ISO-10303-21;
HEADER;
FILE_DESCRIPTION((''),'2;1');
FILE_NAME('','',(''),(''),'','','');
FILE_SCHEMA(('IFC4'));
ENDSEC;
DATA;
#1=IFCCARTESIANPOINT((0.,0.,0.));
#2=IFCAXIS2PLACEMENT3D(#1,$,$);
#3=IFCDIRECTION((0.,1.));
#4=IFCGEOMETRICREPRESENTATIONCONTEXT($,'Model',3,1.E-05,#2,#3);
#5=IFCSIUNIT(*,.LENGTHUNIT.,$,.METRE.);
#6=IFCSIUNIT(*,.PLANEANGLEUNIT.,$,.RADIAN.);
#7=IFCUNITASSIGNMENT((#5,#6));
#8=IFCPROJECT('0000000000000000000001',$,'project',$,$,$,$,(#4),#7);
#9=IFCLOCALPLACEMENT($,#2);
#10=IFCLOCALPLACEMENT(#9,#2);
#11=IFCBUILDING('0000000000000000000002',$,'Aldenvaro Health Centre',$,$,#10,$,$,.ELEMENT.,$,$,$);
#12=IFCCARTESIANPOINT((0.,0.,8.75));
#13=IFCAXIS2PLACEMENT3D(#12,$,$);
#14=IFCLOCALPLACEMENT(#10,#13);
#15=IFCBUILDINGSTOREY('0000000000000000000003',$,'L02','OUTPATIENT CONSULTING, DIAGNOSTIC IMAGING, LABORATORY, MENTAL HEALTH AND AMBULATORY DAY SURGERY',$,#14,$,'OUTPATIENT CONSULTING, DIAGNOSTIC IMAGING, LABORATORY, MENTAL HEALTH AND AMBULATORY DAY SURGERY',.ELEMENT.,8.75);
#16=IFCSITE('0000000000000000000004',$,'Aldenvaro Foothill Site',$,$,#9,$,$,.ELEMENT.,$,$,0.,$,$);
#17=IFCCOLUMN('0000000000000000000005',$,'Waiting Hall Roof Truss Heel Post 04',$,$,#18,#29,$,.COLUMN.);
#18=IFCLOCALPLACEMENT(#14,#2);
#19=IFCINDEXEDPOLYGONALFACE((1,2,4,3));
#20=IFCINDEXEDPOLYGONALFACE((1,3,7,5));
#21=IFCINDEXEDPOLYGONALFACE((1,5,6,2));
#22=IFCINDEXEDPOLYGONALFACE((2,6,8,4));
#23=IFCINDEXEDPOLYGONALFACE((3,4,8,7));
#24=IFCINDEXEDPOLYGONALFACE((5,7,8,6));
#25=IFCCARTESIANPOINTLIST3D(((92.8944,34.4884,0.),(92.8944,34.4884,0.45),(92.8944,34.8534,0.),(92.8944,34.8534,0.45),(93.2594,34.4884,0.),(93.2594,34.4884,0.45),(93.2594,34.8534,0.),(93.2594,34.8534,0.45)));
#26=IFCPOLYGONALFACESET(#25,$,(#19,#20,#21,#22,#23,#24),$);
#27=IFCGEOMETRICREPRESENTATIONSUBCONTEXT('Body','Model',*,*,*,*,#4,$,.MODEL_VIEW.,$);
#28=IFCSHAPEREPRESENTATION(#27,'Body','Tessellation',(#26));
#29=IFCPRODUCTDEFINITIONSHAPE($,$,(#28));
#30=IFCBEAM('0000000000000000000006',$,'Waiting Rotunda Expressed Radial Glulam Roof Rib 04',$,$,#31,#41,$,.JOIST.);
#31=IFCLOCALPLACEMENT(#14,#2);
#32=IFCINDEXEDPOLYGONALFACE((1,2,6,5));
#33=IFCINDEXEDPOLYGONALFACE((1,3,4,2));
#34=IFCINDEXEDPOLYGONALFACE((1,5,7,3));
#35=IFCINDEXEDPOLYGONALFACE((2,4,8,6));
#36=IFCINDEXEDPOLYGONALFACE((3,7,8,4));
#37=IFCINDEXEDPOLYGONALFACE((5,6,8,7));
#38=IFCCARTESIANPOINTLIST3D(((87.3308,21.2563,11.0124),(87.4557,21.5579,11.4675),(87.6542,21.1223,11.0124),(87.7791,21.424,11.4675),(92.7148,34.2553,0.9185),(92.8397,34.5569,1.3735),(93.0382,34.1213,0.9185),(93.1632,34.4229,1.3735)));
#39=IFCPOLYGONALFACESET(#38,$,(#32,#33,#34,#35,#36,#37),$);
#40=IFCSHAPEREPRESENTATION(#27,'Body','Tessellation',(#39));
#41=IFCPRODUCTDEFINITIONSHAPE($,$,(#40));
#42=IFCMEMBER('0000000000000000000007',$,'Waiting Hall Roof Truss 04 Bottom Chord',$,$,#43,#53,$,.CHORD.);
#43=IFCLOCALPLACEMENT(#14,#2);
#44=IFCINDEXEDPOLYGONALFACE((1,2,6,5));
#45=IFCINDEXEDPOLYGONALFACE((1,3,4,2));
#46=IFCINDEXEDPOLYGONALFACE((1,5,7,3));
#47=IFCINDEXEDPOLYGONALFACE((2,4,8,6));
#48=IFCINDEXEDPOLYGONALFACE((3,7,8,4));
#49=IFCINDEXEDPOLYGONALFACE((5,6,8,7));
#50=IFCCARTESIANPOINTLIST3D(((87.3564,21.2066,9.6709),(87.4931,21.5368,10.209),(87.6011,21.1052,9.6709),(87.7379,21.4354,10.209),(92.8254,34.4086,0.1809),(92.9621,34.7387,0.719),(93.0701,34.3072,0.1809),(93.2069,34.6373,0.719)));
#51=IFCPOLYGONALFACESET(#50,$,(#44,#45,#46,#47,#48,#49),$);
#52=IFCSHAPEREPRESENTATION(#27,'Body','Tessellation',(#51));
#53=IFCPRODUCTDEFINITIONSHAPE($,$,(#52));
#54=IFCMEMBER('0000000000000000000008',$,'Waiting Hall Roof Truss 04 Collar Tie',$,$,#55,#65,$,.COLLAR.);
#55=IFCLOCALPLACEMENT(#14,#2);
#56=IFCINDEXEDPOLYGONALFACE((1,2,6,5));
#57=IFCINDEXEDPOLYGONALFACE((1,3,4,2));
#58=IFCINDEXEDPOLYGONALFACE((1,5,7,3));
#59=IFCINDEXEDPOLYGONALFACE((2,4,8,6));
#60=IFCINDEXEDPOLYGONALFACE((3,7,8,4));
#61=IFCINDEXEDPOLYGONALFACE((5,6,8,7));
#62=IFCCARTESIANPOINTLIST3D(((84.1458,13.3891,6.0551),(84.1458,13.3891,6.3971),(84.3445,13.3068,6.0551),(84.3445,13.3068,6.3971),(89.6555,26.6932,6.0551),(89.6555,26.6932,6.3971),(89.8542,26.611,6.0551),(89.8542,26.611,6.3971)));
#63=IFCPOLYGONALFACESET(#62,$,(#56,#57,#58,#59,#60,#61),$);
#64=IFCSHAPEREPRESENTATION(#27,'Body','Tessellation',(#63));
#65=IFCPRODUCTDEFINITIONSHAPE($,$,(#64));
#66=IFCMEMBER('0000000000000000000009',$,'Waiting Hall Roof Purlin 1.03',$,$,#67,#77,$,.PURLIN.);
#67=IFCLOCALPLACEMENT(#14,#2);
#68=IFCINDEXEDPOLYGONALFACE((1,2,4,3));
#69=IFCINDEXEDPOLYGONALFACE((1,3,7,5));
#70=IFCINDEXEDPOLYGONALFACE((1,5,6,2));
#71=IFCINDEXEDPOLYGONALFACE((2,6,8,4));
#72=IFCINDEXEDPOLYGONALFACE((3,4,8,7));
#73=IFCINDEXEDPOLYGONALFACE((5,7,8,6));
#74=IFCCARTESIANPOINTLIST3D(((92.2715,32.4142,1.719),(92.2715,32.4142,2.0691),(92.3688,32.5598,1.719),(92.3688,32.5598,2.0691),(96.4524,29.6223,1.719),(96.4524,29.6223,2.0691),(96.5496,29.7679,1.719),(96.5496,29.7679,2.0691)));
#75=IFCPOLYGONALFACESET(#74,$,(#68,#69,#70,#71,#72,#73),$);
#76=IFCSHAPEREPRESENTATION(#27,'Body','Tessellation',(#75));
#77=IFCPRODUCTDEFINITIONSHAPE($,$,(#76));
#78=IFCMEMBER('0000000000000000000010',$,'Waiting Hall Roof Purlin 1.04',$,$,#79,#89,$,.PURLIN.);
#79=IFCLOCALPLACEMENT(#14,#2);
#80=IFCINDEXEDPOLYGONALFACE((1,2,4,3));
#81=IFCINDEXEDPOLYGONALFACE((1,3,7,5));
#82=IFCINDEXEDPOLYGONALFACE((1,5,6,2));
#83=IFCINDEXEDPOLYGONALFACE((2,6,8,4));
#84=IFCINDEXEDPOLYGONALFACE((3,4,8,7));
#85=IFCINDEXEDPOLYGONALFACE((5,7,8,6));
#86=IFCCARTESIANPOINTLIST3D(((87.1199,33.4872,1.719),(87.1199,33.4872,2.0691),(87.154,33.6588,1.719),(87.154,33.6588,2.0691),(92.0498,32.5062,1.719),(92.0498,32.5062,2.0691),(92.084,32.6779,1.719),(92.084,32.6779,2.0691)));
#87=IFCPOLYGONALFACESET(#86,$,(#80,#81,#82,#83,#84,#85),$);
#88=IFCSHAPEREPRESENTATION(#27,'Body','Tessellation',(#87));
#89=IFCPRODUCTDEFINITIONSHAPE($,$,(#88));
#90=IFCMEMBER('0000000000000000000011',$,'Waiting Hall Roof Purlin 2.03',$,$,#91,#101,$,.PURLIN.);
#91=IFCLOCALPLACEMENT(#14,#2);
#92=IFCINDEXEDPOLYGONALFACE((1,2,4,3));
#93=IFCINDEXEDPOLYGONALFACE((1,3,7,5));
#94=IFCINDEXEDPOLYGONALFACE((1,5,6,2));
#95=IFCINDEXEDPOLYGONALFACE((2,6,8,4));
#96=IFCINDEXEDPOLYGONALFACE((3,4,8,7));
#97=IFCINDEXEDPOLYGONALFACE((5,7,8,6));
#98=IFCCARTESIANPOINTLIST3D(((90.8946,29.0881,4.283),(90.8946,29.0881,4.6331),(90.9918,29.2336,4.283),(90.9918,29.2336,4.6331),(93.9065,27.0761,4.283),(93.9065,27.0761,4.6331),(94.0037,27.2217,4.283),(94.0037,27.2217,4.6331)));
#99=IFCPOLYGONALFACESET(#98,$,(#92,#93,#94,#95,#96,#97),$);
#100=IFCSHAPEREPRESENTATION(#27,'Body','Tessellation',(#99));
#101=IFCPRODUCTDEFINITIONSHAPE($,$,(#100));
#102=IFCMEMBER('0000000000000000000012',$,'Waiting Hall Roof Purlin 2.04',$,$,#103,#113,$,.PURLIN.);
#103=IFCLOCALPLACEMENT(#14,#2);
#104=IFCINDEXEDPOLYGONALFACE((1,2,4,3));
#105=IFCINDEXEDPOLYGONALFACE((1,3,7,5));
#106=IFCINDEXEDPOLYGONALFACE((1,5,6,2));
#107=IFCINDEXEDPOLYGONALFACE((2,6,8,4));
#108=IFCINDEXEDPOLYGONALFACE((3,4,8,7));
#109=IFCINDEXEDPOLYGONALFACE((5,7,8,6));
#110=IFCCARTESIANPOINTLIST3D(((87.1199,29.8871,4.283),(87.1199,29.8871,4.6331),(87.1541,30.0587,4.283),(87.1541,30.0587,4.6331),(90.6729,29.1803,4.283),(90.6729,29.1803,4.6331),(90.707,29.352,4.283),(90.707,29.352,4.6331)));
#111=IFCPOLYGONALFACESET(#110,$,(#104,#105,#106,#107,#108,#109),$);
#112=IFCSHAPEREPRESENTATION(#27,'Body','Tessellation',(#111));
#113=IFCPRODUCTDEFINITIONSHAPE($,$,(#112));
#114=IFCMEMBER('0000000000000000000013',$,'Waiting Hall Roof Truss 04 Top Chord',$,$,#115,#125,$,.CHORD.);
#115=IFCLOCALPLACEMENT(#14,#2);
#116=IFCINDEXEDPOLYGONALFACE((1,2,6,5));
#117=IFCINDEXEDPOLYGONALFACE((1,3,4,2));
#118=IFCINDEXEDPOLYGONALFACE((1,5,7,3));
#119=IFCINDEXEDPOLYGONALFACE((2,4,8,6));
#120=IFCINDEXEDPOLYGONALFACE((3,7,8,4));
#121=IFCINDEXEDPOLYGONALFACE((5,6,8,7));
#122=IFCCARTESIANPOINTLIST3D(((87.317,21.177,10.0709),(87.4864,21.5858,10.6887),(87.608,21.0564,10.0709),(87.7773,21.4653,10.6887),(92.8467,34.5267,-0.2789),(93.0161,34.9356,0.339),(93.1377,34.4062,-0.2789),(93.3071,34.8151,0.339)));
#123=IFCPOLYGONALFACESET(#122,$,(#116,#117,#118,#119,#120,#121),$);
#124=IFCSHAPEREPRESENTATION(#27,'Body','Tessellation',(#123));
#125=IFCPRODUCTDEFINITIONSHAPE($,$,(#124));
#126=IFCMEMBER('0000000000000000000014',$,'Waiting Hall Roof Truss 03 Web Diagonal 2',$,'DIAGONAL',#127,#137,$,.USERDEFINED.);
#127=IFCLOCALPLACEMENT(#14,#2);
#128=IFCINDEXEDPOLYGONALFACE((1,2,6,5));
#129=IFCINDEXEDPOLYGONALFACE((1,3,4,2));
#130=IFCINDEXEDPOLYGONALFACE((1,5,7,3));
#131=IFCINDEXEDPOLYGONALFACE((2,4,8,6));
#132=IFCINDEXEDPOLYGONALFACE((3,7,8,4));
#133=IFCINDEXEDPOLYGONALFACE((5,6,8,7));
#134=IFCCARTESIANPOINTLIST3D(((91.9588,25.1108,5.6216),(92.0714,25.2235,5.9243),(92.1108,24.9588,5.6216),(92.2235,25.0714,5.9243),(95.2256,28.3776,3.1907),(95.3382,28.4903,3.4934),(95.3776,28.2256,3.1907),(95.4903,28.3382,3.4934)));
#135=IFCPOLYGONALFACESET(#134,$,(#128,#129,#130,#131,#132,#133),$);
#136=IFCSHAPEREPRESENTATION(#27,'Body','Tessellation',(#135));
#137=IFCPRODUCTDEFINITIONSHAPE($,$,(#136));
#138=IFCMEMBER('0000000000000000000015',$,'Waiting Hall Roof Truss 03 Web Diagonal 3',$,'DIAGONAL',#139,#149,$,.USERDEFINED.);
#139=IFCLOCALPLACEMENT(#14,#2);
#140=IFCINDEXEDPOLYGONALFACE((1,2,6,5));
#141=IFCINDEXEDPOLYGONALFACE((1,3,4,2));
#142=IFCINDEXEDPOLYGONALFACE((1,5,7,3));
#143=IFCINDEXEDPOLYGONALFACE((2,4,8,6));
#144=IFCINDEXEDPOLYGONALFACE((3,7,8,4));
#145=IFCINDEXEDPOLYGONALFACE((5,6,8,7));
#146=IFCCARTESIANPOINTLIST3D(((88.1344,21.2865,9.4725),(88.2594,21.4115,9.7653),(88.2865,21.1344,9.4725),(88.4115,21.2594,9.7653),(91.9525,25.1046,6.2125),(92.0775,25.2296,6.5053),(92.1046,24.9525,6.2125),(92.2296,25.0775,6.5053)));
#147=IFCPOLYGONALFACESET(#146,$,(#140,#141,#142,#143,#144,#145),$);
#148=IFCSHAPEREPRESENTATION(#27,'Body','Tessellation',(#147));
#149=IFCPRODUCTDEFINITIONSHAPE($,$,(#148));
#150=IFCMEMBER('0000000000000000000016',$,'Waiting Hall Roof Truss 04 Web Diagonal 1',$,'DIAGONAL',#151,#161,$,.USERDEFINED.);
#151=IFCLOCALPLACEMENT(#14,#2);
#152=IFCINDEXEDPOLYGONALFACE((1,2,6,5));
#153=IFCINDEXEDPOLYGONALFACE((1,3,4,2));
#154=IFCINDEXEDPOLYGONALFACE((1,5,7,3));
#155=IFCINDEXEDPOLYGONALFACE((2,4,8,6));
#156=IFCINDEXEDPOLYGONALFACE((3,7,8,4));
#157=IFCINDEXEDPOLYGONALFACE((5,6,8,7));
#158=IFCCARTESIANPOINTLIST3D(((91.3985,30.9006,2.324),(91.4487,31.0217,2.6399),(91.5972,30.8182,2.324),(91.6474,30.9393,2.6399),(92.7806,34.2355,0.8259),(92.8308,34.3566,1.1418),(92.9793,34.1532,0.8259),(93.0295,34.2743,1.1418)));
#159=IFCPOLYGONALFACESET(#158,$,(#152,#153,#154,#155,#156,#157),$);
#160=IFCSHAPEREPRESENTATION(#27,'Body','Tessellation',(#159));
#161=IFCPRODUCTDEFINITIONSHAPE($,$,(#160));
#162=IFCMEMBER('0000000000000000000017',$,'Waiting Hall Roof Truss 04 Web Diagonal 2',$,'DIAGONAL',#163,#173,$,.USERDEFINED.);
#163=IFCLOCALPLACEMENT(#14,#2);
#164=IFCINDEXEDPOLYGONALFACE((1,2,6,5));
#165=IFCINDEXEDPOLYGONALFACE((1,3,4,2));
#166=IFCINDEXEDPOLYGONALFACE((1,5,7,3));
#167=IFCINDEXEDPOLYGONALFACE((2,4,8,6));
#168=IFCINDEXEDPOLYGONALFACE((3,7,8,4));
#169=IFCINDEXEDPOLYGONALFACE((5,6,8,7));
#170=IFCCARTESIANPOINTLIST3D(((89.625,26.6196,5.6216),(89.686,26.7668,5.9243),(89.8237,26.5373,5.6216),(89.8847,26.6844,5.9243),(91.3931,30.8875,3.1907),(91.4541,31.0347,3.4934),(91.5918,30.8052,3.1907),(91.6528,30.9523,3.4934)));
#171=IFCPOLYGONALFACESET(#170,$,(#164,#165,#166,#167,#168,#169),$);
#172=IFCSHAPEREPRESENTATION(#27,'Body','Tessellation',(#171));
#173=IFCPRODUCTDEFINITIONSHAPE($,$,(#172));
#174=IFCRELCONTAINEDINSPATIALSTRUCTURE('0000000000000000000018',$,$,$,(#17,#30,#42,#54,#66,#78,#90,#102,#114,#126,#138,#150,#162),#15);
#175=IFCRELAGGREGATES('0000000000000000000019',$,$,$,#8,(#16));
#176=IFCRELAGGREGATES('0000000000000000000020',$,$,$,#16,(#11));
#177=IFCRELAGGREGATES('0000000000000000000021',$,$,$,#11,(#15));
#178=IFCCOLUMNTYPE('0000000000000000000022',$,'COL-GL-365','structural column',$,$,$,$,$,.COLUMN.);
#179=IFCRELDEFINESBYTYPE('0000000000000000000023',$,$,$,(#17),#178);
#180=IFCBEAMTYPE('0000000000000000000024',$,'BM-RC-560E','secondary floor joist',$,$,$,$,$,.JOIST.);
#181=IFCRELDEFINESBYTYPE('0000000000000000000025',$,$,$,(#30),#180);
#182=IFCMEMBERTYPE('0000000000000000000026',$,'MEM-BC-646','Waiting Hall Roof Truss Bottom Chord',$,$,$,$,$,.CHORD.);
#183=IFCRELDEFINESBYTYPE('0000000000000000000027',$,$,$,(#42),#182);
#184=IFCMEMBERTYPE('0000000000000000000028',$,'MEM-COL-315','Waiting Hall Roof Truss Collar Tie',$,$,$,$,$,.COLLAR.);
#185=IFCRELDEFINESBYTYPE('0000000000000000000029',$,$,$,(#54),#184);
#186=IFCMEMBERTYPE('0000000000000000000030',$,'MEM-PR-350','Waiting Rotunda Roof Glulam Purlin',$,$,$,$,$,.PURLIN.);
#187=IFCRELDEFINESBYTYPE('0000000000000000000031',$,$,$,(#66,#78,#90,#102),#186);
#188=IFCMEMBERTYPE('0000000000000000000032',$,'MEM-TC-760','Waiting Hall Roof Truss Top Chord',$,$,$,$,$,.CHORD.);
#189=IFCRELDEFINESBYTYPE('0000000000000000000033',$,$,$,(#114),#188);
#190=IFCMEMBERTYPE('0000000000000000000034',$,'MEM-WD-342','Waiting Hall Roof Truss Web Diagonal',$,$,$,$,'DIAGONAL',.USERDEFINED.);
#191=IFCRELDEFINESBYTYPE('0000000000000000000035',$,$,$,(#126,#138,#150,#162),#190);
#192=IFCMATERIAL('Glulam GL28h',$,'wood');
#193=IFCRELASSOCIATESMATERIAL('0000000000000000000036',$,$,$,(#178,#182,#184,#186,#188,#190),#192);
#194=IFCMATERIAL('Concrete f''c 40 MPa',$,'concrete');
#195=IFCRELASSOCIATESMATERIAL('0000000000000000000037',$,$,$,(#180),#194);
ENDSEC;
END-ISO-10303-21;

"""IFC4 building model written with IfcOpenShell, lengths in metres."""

from ifc_helpers import new_model, si_unit, direction, frame, origin, origin_2d, place, context, subcontext, project, spatial, rectangle, extrude, material, material_profile, profile_set, type_object, element, save


model = new_model("IFC4")

# Units and contexts
model_context = context("Model", 3, precision=1e-05, world=origin(), true_north=direction((0.0, 1.0)))
body_context = subcontext(model_context, "Body", "Model", "MODEL_VIEW")
ifc_project = project(units=[si_unit("LENGTHUNIT", "METRE"), si_unit("PLANEANGLEUNIT", "RADIAN")], contexts=[model_context])

# Site, building, storey
site_placement = place(None, origin())
site = spatial("IfcSite", under=ifc_project, at=site_placement, Name="Aldenvaro Foothill Site", CompositionType="ELEMENT", RefElevation=0.0)
building_placement = place(site_placement, origin())
building = spatial("IfcBuilding", under=site, at=building_placement, Name="Aldenvaro Health Centre", CompositionType="ELEMENT")
storey_placement = place(building_placement, frame((0.0, 0.0, 8.75)))
storey = spatial("IfcBuildingStorey", under=building, at=storey_placement, Name="L02", Description="OUTPATIENT CONSULTING, DIAGNOSTIC IMAGING, LABORATORY, MENTAL HEALTH AND AMBULATORY DAY SURGERY", LongName="OUTPATIENT CONSULTING, DIAGNOSTIC IMAGING, LABORATORY, MENTAL HEALTH AND AMBULATORY DAY SURGERY", CompositionType="ELEMENT", Elevation=8.75)

# Column
ifc_material_1 = material(Name="Glulam GL28h", Category="wood")
ifc_material_profile_1 = material_profile(ifc_material_1, rectangle(XDim=0.365, YDim=0.365, at=origin_2d()), Name="GL 365x365", Category="wood")
ifc_profile_set_1 = profile_set([ifc_material_profile_1], Name="Glulam GL28h")
column_type = type_object("IfcColumnType", Name="COL-GL-365", Description="structural column", PredefinedType="COLUMN", material=ifc_profile_set_1)
column_placement = place(storey_placement, frame((93.0769, 34.6709, 0.0), z_axis=(0.0, 0.0, 1.0), x_axis=(1.0, 0.0, 0.0)))
element("IfcColumn", 1, at=column_placement, inside=storey, type_object=column_type, Name="Waiting Hall Roof Truss Heel Post 04", PredefinedType="COLUMN", context=body_context, shape_type="SweptSolid", body=[
    extrude(rectangle(XDim=0.365, YDim=0.365, at=origin_2d()), origin(), (0.0, 0.0, 1.0), 0.45),
])

# Beam
ifc_material_2 = material(Name="Concrete f'c 40 MPa", Category="concrete")
ifc_material_profile_2 = material_profile(ifc_material_2, rectangle(XDim=0.3501, YDim=0.5601, at=origin_2d()), Name="RC 350x560", Category="concrete")
ifc_profile_set_2 = profile_set([ifc_material_profile_2], Name="Concrete f'c 40 MPa")
beam_type = type_object("IfcBeamType", Name="BM-RC-560E", Description="secondary floor joist", PredefinedType="JOIST", material=ifc_profile_set_2)
beam_placement = place(storey_placement, frame((92.939, 34.3391, 1.146), z_axis=(-0.310924, -0.750685, 0.582922), x_axis=(0.923888, -0.382663, 0.0)))
element("IfcBeam", 2, at=beam_placement, inside=storey, type_object=beam_type, Name="Waiting Rotunda Expressed Radial Glulam Roof Rib 04", PredefinedType="JOIST", context=body_context, shape_type="SweptSolid", body=[
    extrude(rectangle(XDim=0.3501, YDim=0.5601, at=origin_2d()), origin(), (0.0, 0.0, 1.0), 17.3162),
])

# Members
ifc_material_profile_3 = material_profile(ifc_material_1, rectangle(XDim=0.2649, YDim=0.646, at=origin_2d()), Name="GL 265x646", Category="wood")
ifc_profile_set_3 = profile_set([ifc_material_profile_3], Name="Glulam GL28h")
member_type_1 = type_object("IfcMemberType", Name="MEM-BC-646", Description="Waiting Hall Roof Truss Bottom Chord", PredefinedType="CHORD", material=ifc_profile_set_3)
member_1_placement = place(storey_placement, frame((93.0161, 34.5229, 0.45), z_axis=(-0.318817, -0.76961, 0.553223), x_axis=(0.923865, -0.382718, 0.0)))
element("IfcMember", 3, at=member_1_placement, inside=storey, type_object=member_type_1, Name="Waiting Hall Roof Truss 04 Bottom Chord", PredefinedType="CHORD", context=body_context, shape_type="SweptSolid", body=[
    extrude(rectangle(XDim=0.2649, YDim=0.646, at=origin_2d()), origin(), (0.0, 0.0, 1.0), 17.1541),
])
ifc_material_profile_4 = material_profile(ifc_material_1, rectangle(XDim=0.2151, YDim=0.342, at=origin_2d()), Name="GL 215x342", Category="wood")
ifc_profile_set_4 = profile_set([ifc_material_profile_4], Name="Glulam GL28h")
member_type_2 = type_object("IfcMemberType", Name="MEM-COL-315", Description="Waiting Hall Roof Truss Collar Tie", PredefinedType="COLLAR", material=ifc_profile_set_4)
member_2_placement = place(storey_placement, frame((89.7549, 26.6521, 6.2261), z_axis=(-0.382623, -0.923904, 0.0), x_axis=(0.923904, -0.382623, 0.0)))
element("IfcMember", 4, at=member_2_placement, inside=storey, type_object=member_type_2, Name="Waiting Hall Roof Truss 04 Collar Tie", PredefinedType="COLLAR", context=body_context, shape_type="SweptSolid", body=[
    extrude(rectangle(XDim=0.2151, YDim=0.342, at=origin_2d()), origin(), (0.0, 0.0, 1.0), 14.3999),
])
ifc_material_profile_5 = material_profile(ifc_material_1, rectangle(XDim=0.175, YDim=0.3501, at=origin_2d()), Name="GL 175x350", Category="wood")
ifc_profile_set_5 = profile_set([ifc_material_profile_5], Name="Glulam GL28h")
member_type_3 = type_object("IfcMemberType", Name="MEM-PR-350", Description="Waiting Rotunda Roof Glulam Purlin", PredefinedType="PURLIN", material=ifc_profile_set_5)
member_3_placement = place(storey_placement, frame((96.501, 29.6951, 1.894), z_axis=(-0.831617, 0.55535, 0.0), x_axis=(-0.55535, -0.831617, 0.0)))
element("IfcMember", 5, at=member_3_placement, inside=storey, type_object=member_type_3, Name="Waiting Hall Roof Purlin 1.03", PredefinedType="PURLIN", context=body_context, shape_type="SweptSolid", body=[
    extrude(rectangle(XDim=0.175, YDim=0.3501, at=origin_2d()), origin(), (0.0, 0.0, 1.0), 5.0273),
])
member_4_placement = place(storey_placement, frame((92.0669, 32.592, 1.894), z_axis=(-0.980773, 0.195154, 0.0), x_axis=(-0.195154, -0.980773, 0.0)))
element("IfcMember", 6, at=member_4_placement, inside=storey, type_object=member_type_3, Name="Waiting Hall Roof Purlin 1.04", PredefinedType="PURLIN", context=body_context, shape_type="SweptSolid", body=[
    extrude(rectangle(XDim=0.175, YDim=0.3501, at=origin_2d()), origin(), (0.0, 0.0, 1.0), 5.0266),
])
member_5_placement = place(storey_placement, frame((93.9551, 27.1489, 4.458), z_axis=(-0.831542, 0.555462, 0.0), x_axis=(-0.555462, -0.831542, 0.0)))
element("IfcMember", 7, at=member_5_placement, inside=storey, type_object=member_type_3, Name="Waiting Hall Roof Purlin 2.03", PredefinedType="PURLIN", context=body_context, shape_type="SweptSolid", body=[
    extrude(rectangle(XDim=0.175, YDim=0.3501, at=origin_2d()), origin(), (0.0, 0.0, 1.0), 3.6221),
])
member_6_placement = place(storey_placement, frame((90.6899, 29.2661, 4.458), z_axis=(-0.980782, 0.195105, 0.0), x_axis=(-0.195105, -0.980782, 0.0)))
element("IfcMember", 8, at=member_6_placement, inside=storey, type_object=member_type_3, Name="Waiting Hall Roof Purlin 2.04", PredefinedType="PURLIN", context=body_context, shape_type="SweptSolid", body=[
    extrude(rectangle(XDim=0.175, YDim=0.3501, at=origin_2d()), origin(), (0.0, 0.0, 1.0), 3.6226),
])
ifc_material_profile_6 = material_profile(ifc_material_1, rectangle(XDim=0.3149, YDim=0.76, at=origin_2d()), Name="GL 315x760", Category="wood")
ifc_profile_set_6 = profile_set([ifc_material_profile_6], Name="Glulam GL28h")
member_type_4 = type_object("IfcMemberType", Name="MEM-TC-760", Description="Waiting Hall Roof Truss Top Chord", PredefinedType="CHORD", material=ifc_profile_set_6)
member_7_placement = place(storey_placement, frame((93.0769, 34.6709, 0.03), z_axis=(-0.311116, -0.751087, 0.582302), x_axis=(0.923877, -0.382689, 0.0)))
element("IfcMember", 9, at=member_7_placement, inside=storey, type_object=member_type_4, Name="Waiting Hall Roof Truss 04 Top Chord", PredefinedType="CHORD", context=body_context, shape_type="SweptSolid", body=[
    extrude(rectangle(XDim=0.3149, YDim=0.76, at=origin_2d()), origin(), (0.0, 0.0, 1.0), 17.7739),
])
ifc_material_profile_7 = material_profile(ifc_material_1, rectangle(XDim=0.2151, YDim=0.342, at=origin_2d()), Name="GL 215x342", Category="wood")
ifc_profile_set_7 = profile_set([ifc_material_profile_7], Name="Glulam GL28h")
member_type_5 = type_object("IfcMemberType", Name="MEM-WD-342", Description="Waiting Hall Roof Truss Web Diagonal", ElementType="DIAGONAL", PredefinedType="USERDEFINED", material=ifc_profile_set_7)
member_8_placement = place(storey_placement, frame((95.3579, 28.3579, 3.342), z_axis=(-0.62577, -0.62577, 0.465644), x_axis=(0.707107, -0.707107, 0.0)))
element("IfcMember", 10, at=member_8_placement, inside=storey, type_object=member_type_5, Name="Waiting Hall Roof Truss 03 Web Diagonal 2", ObjectType="DIAGONAL", PredefinedType="USERDEFINED", context=body_context, shape_type="SweptSolid", body=[
    extrude(rectangle(XDim=0.2151, YDim=0.342, at=origin_2d()), origin(), (0.0, 0.0, 1.0), 5.2205),
])
member_9_placement = place(storey_placement, frame((92.0911, 25.0911, 6.3589), z_axis=(-0.605336, -0.605336, 0.516852), x_axis=(0.707107, -0.707107, 0.0)))
element("IfcMember", 11, at=member_9_placement, inside=storey, type_object=member_type_5, Name="Waiting Hall Roof Truss 03 Web Diagonal 3", ObjectType="DIAGONAL", PredefinedType="USERDEFINED", context=body_context, shape_type="SweptSolid", body=[
    extrude(rectangle(XDim=0.2151, YDim=0.342, at=origin_2d()), origin(), (0.0, 0.0, 1.0), 6.3074),
])
member_10_placement = place(storey_placement, frame((92.905, 34.2549, 0.9839), z_axis=(-0.35361, -0.853262, 0.383281), x_axis=(0.923812, -0.382848, 0.0)))
element("IfcMember", 12, at=member_10_placement, inside=storey, type_object=member_type_5, Name="Waiting Hall Roof Truss 04 Web Diagonal 1", ObjectType="DIAGONAL", PredefinedType="USERDEFINED", context=body_context, shape_type="SweptSolid", body=[
    extrude(rectangle(XDim=0.2151, YDim=0.342, at=origin_2d()), origin(), (0.0, 0.0, 1.0), 3.9084),
])
member_11_placement = place(storey_placement, frame((91.5229, 30.9199, 3.342), z_axis=(-0.338702, -0.817571, 0.46568), x_axis=(0.923858, -0.382735, 0.0)))
element("IfcMember", 13, at=member_11_placement, inside=storey, type_object=member_type_5, Name="Waiting Hall Roof Truss 04 Web Diagonal 2", ObjectType="DIAGONAL", PredefinedType="USERDEFINED", context=body_context, shape_type="SweptSolid", body=[
    extrude(rectangle(XDim=0.2151, YDim=0.342, at=origin_2d()), origin(), (0.0, 0.0, 1.0), 5.2202),
])

save(model, "model.ifc")
